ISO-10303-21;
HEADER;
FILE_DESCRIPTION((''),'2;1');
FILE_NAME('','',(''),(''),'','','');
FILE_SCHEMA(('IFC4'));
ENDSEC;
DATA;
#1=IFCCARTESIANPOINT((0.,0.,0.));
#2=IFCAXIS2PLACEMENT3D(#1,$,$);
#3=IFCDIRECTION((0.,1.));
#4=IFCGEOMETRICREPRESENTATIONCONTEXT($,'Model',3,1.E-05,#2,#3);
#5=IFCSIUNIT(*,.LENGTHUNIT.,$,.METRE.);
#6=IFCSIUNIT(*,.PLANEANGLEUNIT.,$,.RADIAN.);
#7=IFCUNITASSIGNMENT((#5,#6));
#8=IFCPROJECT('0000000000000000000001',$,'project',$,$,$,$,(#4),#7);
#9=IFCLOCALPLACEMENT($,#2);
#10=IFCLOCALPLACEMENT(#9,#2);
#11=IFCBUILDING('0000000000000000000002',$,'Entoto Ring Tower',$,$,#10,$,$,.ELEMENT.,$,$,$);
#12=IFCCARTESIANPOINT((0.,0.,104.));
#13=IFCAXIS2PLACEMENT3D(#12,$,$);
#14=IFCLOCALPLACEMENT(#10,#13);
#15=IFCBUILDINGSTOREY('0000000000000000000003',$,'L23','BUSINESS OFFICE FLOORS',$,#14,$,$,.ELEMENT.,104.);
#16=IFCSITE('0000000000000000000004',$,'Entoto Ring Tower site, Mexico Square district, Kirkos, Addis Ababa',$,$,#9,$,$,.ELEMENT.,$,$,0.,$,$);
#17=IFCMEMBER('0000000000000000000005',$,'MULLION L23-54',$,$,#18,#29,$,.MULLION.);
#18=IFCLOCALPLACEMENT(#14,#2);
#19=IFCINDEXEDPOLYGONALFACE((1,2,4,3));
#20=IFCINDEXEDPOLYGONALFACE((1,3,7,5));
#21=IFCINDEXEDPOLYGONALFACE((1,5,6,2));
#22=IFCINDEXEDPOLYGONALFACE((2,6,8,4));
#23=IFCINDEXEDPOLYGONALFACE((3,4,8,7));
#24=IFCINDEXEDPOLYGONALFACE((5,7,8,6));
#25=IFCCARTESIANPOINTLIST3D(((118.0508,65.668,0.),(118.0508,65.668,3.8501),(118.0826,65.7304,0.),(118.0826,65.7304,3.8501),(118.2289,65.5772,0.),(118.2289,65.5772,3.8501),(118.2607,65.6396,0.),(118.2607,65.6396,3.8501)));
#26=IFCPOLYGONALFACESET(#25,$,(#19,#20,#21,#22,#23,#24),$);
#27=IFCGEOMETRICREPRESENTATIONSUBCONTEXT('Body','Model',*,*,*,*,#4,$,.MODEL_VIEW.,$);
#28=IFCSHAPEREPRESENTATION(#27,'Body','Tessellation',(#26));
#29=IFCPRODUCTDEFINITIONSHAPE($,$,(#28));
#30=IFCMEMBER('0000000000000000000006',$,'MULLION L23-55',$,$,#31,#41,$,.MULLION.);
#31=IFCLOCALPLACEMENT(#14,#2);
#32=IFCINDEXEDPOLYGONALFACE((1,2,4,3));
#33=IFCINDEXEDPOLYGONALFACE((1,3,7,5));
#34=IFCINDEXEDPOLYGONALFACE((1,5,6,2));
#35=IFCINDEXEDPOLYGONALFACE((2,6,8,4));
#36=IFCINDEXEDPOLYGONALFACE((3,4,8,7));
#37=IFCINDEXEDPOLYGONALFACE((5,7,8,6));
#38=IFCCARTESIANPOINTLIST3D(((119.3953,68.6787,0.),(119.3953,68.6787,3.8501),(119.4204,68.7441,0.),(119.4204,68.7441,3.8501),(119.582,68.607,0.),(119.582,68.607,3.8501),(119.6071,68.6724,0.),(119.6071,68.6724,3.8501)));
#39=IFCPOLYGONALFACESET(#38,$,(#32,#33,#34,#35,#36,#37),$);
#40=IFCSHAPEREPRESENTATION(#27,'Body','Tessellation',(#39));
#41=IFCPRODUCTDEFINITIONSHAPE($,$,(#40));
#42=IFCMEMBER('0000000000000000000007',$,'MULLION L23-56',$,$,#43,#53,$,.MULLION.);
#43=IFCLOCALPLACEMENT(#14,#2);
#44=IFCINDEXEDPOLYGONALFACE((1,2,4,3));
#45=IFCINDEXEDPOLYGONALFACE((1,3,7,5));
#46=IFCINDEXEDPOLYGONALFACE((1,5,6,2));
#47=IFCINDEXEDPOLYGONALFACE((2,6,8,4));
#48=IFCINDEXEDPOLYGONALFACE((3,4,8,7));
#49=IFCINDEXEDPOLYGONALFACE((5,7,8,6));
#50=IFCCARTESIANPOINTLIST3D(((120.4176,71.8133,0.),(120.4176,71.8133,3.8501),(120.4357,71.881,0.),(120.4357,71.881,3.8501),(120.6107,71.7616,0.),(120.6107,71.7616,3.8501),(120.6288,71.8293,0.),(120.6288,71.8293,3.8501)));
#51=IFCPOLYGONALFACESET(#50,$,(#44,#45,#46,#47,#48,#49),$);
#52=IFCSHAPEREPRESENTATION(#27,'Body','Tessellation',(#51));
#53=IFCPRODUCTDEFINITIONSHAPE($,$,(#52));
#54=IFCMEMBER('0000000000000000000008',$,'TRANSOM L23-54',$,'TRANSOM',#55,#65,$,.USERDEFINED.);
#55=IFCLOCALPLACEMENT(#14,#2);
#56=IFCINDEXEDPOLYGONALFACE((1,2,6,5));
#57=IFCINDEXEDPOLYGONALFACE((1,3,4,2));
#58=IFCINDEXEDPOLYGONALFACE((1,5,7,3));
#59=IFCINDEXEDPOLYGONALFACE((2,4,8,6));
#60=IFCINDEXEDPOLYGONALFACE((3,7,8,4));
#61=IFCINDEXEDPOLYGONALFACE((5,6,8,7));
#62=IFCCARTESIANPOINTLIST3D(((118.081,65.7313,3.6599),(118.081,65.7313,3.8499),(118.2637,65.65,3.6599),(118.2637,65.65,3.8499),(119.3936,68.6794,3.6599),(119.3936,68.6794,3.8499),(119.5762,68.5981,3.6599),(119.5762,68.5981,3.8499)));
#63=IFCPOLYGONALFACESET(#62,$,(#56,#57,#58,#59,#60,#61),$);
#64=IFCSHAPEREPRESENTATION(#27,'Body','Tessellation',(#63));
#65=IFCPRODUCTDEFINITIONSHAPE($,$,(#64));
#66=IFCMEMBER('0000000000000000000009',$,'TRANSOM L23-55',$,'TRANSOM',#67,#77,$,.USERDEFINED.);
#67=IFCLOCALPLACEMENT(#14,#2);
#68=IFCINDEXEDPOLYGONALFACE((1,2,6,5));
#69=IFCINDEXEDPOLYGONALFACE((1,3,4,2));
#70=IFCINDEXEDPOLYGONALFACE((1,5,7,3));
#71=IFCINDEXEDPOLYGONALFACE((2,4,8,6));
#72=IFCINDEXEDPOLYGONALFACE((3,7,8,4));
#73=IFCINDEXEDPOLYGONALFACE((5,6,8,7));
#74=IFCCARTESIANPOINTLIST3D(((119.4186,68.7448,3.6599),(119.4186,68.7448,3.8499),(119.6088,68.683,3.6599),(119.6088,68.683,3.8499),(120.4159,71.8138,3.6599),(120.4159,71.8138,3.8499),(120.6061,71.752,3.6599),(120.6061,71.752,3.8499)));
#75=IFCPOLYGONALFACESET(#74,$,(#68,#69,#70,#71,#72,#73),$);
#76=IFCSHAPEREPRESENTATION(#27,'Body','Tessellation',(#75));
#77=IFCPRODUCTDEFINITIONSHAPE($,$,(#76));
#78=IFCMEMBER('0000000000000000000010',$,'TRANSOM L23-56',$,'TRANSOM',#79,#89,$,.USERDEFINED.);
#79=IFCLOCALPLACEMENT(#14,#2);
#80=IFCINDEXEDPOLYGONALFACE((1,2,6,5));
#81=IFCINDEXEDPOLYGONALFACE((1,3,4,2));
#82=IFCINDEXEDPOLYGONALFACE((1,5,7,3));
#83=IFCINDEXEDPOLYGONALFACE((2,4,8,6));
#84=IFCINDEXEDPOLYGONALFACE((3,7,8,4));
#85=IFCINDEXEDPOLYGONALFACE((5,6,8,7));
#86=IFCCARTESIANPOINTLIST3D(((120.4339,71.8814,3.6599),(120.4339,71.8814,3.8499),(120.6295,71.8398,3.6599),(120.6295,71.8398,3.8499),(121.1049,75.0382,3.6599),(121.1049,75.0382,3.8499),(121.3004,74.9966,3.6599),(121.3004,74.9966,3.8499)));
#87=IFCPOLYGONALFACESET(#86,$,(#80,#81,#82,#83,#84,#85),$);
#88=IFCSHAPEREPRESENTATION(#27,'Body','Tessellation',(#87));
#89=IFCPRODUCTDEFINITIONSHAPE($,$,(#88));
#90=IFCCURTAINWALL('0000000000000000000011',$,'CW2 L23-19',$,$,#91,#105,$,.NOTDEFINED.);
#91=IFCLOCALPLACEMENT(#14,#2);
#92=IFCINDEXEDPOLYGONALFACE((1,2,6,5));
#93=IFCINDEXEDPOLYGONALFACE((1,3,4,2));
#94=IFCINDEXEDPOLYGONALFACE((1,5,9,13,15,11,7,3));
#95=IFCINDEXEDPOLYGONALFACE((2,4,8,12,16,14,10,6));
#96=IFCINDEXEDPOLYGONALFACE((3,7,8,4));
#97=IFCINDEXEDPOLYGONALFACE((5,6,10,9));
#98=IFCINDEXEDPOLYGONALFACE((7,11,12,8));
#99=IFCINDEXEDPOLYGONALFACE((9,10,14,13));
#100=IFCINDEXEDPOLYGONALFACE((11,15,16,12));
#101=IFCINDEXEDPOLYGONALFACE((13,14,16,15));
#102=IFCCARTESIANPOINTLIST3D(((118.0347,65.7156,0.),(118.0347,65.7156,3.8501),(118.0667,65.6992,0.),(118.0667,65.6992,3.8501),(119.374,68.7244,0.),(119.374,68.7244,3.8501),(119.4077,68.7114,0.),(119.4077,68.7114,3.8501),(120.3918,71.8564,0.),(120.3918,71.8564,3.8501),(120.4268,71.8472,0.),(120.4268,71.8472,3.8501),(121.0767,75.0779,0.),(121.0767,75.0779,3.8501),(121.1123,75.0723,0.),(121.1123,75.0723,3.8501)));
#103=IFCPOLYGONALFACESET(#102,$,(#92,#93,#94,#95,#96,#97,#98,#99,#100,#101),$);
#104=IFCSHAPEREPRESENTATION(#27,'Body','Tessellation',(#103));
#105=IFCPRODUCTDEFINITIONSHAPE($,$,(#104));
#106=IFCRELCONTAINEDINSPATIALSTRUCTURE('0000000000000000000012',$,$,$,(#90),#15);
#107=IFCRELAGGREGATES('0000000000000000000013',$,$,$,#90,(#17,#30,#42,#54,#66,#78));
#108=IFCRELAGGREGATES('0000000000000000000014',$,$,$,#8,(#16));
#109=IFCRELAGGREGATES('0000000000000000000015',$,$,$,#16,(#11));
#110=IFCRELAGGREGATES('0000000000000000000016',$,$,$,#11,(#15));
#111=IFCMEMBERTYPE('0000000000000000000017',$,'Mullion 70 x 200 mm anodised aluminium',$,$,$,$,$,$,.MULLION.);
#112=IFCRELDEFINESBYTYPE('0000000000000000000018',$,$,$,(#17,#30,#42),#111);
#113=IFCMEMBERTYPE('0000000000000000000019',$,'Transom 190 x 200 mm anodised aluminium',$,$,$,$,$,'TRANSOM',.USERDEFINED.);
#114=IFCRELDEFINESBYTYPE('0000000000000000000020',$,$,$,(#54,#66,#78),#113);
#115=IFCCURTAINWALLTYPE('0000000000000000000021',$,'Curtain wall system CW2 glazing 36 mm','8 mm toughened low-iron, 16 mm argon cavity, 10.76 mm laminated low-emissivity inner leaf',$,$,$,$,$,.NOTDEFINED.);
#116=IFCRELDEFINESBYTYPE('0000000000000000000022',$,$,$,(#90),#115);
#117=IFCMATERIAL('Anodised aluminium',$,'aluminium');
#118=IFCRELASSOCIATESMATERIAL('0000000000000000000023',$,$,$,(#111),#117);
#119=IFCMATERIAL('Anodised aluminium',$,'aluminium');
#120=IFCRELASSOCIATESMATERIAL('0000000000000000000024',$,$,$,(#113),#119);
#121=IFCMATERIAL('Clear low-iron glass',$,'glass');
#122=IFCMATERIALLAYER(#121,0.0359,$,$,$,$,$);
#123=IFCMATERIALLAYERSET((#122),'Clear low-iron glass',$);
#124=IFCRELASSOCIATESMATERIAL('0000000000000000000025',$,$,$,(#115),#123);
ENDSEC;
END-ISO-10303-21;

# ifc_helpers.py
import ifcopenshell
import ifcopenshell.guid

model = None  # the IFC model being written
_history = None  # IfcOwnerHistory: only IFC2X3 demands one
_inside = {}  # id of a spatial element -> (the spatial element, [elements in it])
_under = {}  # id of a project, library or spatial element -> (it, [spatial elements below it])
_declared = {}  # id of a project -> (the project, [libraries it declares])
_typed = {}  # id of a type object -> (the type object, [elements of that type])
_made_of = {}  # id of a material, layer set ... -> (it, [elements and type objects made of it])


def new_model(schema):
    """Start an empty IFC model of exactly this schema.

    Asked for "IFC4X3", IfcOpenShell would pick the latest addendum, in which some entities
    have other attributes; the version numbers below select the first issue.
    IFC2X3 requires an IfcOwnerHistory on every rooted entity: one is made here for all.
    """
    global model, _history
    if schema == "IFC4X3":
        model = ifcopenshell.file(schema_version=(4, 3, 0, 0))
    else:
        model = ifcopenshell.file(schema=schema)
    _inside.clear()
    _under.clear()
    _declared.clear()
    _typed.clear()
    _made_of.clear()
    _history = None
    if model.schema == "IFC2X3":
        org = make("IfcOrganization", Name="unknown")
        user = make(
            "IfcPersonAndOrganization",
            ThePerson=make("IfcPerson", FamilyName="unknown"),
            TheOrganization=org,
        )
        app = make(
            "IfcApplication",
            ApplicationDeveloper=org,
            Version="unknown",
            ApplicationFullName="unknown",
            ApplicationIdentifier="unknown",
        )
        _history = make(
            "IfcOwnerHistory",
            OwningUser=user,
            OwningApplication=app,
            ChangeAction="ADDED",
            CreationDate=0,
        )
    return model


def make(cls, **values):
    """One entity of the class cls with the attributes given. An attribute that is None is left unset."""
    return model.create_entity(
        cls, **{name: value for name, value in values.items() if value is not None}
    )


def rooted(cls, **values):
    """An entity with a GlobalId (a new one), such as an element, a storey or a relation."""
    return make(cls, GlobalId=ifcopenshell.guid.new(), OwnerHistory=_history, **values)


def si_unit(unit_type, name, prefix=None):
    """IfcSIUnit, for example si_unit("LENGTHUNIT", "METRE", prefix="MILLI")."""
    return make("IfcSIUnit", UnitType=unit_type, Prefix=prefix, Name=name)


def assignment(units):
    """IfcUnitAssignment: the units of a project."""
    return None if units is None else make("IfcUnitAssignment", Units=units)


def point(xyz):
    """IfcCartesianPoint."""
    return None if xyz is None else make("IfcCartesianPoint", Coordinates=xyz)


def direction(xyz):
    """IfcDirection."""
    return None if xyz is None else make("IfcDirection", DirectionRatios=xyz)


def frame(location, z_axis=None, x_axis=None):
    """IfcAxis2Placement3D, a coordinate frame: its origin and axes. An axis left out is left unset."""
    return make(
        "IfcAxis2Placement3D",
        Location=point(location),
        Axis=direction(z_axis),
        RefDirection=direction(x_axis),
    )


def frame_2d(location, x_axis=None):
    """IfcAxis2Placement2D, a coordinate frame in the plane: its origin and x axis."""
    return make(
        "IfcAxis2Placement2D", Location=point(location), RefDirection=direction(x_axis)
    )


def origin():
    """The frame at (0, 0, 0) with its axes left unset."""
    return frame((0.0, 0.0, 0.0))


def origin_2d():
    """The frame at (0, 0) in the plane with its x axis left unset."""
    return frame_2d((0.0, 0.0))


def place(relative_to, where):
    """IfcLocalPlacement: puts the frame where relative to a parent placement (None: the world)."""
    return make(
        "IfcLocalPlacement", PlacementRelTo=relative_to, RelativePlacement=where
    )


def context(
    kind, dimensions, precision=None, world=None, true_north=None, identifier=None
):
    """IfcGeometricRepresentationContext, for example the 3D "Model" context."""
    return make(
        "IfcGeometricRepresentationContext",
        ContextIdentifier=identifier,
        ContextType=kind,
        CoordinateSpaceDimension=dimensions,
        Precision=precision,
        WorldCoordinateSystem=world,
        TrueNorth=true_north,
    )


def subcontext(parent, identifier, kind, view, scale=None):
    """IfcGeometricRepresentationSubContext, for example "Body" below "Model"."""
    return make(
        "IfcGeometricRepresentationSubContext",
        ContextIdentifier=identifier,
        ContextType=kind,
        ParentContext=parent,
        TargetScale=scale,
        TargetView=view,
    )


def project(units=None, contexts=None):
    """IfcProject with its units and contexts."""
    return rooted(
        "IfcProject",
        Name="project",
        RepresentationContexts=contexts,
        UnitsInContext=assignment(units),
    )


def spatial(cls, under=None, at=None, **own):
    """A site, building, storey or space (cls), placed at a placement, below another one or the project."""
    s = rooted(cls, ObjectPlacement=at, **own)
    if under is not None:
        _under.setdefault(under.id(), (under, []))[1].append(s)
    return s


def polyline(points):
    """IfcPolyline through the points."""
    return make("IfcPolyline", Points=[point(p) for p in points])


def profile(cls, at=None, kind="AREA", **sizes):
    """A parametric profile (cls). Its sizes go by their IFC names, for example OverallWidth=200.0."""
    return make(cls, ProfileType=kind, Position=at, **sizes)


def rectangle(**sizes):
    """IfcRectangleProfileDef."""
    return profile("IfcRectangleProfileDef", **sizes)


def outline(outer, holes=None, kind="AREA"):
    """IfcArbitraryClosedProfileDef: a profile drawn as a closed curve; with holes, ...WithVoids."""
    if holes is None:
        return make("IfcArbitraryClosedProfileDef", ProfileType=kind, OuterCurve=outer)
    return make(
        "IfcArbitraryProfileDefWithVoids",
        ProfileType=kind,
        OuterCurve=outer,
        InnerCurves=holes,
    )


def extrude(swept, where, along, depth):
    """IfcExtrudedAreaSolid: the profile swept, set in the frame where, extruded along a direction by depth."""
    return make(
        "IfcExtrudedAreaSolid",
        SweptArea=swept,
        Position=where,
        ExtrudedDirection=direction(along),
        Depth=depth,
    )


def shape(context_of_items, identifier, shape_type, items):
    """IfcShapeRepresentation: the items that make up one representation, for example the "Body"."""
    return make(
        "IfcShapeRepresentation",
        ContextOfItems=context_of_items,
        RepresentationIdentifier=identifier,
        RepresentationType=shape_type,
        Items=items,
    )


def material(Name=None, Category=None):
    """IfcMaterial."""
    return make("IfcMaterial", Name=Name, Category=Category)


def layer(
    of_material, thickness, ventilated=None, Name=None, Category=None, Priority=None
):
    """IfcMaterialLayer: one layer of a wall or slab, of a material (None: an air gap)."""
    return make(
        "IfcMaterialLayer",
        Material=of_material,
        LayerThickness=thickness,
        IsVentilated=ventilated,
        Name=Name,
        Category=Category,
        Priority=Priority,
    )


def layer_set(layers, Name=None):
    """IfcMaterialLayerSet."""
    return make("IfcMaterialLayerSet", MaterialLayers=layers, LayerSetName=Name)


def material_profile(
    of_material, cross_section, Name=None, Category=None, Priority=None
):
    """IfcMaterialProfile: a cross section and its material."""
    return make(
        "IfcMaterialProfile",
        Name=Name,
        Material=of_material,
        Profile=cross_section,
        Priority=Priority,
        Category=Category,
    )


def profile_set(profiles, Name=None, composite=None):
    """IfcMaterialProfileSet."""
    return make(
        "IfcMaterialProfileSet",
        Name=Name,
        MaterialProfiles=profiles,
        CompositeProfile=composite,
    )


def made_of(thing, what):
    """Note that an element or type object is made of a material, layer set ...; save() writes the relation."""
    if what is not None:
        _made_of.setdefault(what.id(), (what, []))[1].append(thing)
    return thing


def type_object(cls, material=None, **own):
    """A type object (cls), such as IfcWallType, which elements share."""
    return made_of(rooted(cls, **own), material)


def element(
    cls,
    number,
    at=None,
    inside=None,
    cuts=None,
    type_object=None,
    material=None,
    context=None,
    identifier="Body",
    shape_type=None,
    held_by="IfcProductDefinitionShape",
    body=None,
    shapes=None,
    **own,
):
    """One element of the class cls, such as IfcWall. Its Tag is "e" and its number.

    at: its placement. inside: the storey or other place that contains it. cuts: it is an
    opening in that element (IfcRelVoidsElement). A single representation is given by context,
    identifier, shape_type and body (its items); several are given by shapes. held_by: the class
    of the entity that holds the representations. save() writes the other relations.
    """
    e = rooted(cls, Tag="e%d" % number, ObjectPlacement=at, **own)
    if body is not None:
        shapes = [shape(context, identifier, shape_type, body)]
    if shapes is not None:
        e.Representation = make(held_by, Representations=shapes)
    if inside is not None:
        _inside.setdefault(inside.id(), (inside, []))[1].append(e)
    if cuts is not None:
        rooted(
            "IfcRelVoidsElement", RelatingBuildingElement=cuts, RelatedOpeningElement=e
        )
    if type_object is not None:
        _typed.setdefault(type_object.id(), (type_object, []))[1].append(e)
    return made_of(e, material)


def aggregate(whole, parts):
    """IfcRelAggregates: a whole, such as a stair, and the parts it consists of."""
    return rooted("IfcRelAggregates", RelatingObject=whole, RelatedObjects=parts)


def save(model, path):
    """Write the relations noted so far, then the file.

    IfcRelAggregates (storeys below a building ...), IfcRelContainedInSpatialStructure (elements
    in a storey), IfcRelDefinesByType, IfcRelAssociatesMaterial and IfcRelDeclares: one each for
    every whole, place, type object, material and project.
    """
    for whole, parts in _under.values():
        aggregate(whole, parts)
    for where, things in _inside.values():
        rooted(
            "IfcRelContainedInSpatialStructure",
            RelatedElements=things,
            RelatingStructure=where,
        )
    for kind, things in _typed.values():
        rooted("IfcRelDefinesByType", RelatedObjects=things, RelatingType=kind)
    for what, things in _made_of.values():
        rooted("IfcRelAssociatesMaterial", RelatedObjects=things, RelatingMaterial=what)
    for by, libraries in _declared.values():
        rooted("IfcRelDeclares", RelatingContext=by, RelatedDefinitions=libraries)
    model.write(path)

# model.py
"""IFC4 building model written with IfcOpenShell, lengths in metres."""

from ifc_helpers import new_model, si_unit, direction, frame, origin, origin_2d, place, context, subcontext, project, spatial, polyline, rectangle, outline, extrude, material, layer, layer_set, material_profile, profile_set, type_object, element, aggregate, save


model = new_model("IFC4")

# Units and contexts
model_context = context("Model", 3, precision=1e-05, world=origin(), true_north=direction((0.0, 1.0)))
body_context = subcontext(model_context, "Body", "Model", "MODEL_VIEW")
ifc_project = project(units=[si_unit("LENGTHUNIT", "METRE"), si_unit("PLANEANGLEUNIT", "RADIAN")], contexts=[model_context])

# Members
ifc_material_1 = material(Name="Anodised aluminium", Category="aluminium")
ifc_material_profile_1 = material_profile(ifc_material_1, rectangle(XDim=0.0701, YDim=0.2, at=origin_2d()), Name="Mullion 70 x 200 mm anodised aluminium")
ifc_profile_set_1 = profile_set([ifc_material_profile_1], Name="Anodised aluminium")
member_type_1 = type_object("IfcMemberType", Name="Mullion 70 x 200 mm anodised aluminium", PredefinedType="MULLION", material=ifc_profile_set_1)
site_placement = place(None, origin())
building_placement = place(site_placement, origin())
storey_placement = place(building_placement, frame((0.0, 0.0, 104.0)))
member_1_placement = place(storey_placement, frame((118.1558, 65.6538, 0.0), z_axis=(0.0, 0.0, 1.0), x_axis=(0.45399, 0.891007, 0.0)))
member_1 = element("IfcMember", 1, at=member_1_placement, type_object=member_type_1, Name="MULLION L23-54", PredefinedType="MULLION", context=body_context, shape_type="SweptSolid", body=[
    extrude(rectangle(XDim=0.0701, YDim=0.2, at=origin_2d()), origin(), (0.0, 0.0, 1.0), 3.8501),
])
member_2_placement = place(storey_placement, frame((119.5012, 68.6755, 0.0), z_axis=(0.0, 0.0, 1.0), x_axis=(0.358368, 0.93358, 0.0)))
member_2 = element("IfcMember", 2, at=member_2_placement, type_object=member_type_1, Name="MULLION L23-55", PredefinedType="MULLION", context=body_context, shape_type="SweptSolid", body=[
    extrude(rectangle(XDim=0.0701, YDim=0.2, at=origin_2d()), origin(), (0.0, 0.0, 1.0), 3.8501),
])
member_3_placement = place(storey_placement, frame((120.5232, 71.8213, 0.0), z_axis=(0.0, 0.0, 1.0), x_axis=(0.258819, 0.965926, 0.0)))
member_3 = element("IfcMember", 3, at=member_3_placement, type_object=member_type_1, Name="MULLION L23-56", PredefinedType="MULLION", context=body_context, shape_type="SweptSolid", body=[
    extrude(rectangle(XDim=0.0701, YDim=0.2, at=origin_2d()), origin(), (0.0, 0.0, 1.0), 3.8501),
])
ifc_material_2 = material(Name="Anodised aluminium", Category="aluminium")
ifc_material_profile_2 = material_profile(ifc_material_2, rectangle(XDim=0.2, YDim=0.1899, at=origin_2d()), Name="Transom 190 x 200 mm anodised aluminium")
ifc_profile_set_2 = profile_set([ifc_material_profile_2], Name="Anodised aluminium")
member_type_2 = type_object("IfcMemberType", Name="Transom 190 x 200 mm anodised aluminium", ElementType="TRANSOM", PredefinedType="USERDEFINED", material=ifc_profile_set_2)
member_4_placement = place(storey_placement, frame((118.1724, 65.6907, 3.7549), z_axis=(0.406728, 0.913549, 0.0), x_axis=(-0.913549, 0.406728, 0.0)))
member_4 = element("IfcMember", 4, at=member_4_placement, type_object=member_type_2, Name="TRANSOM L23-54", ObjectType="TRANSOM", PredefinedType="USERDEFINED", context=body_context, shape_type="SweptSolid", body=[
    extrude(rectangle(XDim=0.2, YDim=0.1899, at=origin_2d()), origin(), (0.0, 0.0, 1.0), 3.2271),
])
member_5_placement = place(storey_placement, frame((119.5137, 68.7139, 3.7549), z_axis=(0.309047, 0.951047, 0.0), x_axis=(-0.951047, 0.309047, 0.0)))
member_5 = element("IfcMember", 5, at=member_5_placement, type_object=member_type_2, Name="TRANSOM L23-55", ObjectType="TRANSOM", PredefinedType="USERDEFINED", context=body_context, shape_type="SweptSolid", body=[
    extrude(rectangle(XDim=0.2, YDim=0.1899, at=origin_2d()), origin(), (0.0, 0.0, 1.0), 3.2271),
])
member_6_placement = place(storey_placement, frame((120.5317, 71.8606, 3.7549), z_axis=(0.207886, 0.978153, 0.0), x_axis=(-0.978153, 0.207886, 0.0)))
member_6 = element("IfcMember", 6, at=member_6_placement, type_object=member_type_2, Name="TRANSOM L23-56", ObjectType="TRANSOM", PredefinedType="USERDEFINED", context=body_context, shape_type="SweptSolid", body=[
    extrude(rectangle(XDim=0.2, YDim=0.1899, at=origin_2d()), origin(), (0.0, 0.0, 1.0), 3.2273),
])

# Site, building, storey
site = spatial("IfcSite", under=ifc_project, at=site_placement, Name="Entoto Ring Tower site, Mexico Square district, Kirkos, Addis Ababa", CompositionType="ELEMENT", RefElevation=0.0)
building = spatial("IfcBuilding", under=site, at=building_placement, Name="Entoto Ring Tower", CompositionType="ELEMENT")
storey = spatial("IfcBuildingStorey", under=building, at=storey_placement, Name="L23", Description="BUSINESS OFFICE FLOORS", CompositionType="ELEMENT", Elevation=104.0)

# Curtain wall
ifc_material_3 = material(Name="Clear low-iron glass", Category="glass")
ifc_layer_1 = layer(ifc_material_3, 0.0359)
ifc_layer_set_1 = layer_set([ifc_layer_1], Name="Clear low-iron glass")
curtain_wall_type = type_object("IfcCurtainWallType", Name="Curtain wall system CW2 glazing 36 mm", Description="8 mm toughened low-iron, 16 mm argon cavity, 10.76 mm laminated low-emissivity inner leaf", PredefinedType="NOTDEFINED", material=ifc_layer_set_1)
curtain_wall_1_placement = place(storey_placement, origin())
curtain_wall_1 = element("IfcCurtainWall", 7, at=curtain_wall_1_placement, inside=storey, type_object=curtain_wall_type, Name="CW2 L23-19", PredefinedType="NOTDEFINED", context=body_context, shape_type="SweptSolid", body=[
    extrude(outline(polyline([(118.0667, 65.6992), (119.4077, 68.7114), (120.4268, 71.8472), (121.1123, 75.0723), (121.0767, 75.0779), (120.3918, 71.8564), (119.374, 68.7244), (118.0347, 65.7156), (118.0667, 65.6992)])), origin(), (0.0, 0.0, 1.0), 3.8501),
])
aggregate(curtain_wall_1, [member_1, member_2, member_3, member_4, member_5, member_6])

save(model, "model.ifc")
